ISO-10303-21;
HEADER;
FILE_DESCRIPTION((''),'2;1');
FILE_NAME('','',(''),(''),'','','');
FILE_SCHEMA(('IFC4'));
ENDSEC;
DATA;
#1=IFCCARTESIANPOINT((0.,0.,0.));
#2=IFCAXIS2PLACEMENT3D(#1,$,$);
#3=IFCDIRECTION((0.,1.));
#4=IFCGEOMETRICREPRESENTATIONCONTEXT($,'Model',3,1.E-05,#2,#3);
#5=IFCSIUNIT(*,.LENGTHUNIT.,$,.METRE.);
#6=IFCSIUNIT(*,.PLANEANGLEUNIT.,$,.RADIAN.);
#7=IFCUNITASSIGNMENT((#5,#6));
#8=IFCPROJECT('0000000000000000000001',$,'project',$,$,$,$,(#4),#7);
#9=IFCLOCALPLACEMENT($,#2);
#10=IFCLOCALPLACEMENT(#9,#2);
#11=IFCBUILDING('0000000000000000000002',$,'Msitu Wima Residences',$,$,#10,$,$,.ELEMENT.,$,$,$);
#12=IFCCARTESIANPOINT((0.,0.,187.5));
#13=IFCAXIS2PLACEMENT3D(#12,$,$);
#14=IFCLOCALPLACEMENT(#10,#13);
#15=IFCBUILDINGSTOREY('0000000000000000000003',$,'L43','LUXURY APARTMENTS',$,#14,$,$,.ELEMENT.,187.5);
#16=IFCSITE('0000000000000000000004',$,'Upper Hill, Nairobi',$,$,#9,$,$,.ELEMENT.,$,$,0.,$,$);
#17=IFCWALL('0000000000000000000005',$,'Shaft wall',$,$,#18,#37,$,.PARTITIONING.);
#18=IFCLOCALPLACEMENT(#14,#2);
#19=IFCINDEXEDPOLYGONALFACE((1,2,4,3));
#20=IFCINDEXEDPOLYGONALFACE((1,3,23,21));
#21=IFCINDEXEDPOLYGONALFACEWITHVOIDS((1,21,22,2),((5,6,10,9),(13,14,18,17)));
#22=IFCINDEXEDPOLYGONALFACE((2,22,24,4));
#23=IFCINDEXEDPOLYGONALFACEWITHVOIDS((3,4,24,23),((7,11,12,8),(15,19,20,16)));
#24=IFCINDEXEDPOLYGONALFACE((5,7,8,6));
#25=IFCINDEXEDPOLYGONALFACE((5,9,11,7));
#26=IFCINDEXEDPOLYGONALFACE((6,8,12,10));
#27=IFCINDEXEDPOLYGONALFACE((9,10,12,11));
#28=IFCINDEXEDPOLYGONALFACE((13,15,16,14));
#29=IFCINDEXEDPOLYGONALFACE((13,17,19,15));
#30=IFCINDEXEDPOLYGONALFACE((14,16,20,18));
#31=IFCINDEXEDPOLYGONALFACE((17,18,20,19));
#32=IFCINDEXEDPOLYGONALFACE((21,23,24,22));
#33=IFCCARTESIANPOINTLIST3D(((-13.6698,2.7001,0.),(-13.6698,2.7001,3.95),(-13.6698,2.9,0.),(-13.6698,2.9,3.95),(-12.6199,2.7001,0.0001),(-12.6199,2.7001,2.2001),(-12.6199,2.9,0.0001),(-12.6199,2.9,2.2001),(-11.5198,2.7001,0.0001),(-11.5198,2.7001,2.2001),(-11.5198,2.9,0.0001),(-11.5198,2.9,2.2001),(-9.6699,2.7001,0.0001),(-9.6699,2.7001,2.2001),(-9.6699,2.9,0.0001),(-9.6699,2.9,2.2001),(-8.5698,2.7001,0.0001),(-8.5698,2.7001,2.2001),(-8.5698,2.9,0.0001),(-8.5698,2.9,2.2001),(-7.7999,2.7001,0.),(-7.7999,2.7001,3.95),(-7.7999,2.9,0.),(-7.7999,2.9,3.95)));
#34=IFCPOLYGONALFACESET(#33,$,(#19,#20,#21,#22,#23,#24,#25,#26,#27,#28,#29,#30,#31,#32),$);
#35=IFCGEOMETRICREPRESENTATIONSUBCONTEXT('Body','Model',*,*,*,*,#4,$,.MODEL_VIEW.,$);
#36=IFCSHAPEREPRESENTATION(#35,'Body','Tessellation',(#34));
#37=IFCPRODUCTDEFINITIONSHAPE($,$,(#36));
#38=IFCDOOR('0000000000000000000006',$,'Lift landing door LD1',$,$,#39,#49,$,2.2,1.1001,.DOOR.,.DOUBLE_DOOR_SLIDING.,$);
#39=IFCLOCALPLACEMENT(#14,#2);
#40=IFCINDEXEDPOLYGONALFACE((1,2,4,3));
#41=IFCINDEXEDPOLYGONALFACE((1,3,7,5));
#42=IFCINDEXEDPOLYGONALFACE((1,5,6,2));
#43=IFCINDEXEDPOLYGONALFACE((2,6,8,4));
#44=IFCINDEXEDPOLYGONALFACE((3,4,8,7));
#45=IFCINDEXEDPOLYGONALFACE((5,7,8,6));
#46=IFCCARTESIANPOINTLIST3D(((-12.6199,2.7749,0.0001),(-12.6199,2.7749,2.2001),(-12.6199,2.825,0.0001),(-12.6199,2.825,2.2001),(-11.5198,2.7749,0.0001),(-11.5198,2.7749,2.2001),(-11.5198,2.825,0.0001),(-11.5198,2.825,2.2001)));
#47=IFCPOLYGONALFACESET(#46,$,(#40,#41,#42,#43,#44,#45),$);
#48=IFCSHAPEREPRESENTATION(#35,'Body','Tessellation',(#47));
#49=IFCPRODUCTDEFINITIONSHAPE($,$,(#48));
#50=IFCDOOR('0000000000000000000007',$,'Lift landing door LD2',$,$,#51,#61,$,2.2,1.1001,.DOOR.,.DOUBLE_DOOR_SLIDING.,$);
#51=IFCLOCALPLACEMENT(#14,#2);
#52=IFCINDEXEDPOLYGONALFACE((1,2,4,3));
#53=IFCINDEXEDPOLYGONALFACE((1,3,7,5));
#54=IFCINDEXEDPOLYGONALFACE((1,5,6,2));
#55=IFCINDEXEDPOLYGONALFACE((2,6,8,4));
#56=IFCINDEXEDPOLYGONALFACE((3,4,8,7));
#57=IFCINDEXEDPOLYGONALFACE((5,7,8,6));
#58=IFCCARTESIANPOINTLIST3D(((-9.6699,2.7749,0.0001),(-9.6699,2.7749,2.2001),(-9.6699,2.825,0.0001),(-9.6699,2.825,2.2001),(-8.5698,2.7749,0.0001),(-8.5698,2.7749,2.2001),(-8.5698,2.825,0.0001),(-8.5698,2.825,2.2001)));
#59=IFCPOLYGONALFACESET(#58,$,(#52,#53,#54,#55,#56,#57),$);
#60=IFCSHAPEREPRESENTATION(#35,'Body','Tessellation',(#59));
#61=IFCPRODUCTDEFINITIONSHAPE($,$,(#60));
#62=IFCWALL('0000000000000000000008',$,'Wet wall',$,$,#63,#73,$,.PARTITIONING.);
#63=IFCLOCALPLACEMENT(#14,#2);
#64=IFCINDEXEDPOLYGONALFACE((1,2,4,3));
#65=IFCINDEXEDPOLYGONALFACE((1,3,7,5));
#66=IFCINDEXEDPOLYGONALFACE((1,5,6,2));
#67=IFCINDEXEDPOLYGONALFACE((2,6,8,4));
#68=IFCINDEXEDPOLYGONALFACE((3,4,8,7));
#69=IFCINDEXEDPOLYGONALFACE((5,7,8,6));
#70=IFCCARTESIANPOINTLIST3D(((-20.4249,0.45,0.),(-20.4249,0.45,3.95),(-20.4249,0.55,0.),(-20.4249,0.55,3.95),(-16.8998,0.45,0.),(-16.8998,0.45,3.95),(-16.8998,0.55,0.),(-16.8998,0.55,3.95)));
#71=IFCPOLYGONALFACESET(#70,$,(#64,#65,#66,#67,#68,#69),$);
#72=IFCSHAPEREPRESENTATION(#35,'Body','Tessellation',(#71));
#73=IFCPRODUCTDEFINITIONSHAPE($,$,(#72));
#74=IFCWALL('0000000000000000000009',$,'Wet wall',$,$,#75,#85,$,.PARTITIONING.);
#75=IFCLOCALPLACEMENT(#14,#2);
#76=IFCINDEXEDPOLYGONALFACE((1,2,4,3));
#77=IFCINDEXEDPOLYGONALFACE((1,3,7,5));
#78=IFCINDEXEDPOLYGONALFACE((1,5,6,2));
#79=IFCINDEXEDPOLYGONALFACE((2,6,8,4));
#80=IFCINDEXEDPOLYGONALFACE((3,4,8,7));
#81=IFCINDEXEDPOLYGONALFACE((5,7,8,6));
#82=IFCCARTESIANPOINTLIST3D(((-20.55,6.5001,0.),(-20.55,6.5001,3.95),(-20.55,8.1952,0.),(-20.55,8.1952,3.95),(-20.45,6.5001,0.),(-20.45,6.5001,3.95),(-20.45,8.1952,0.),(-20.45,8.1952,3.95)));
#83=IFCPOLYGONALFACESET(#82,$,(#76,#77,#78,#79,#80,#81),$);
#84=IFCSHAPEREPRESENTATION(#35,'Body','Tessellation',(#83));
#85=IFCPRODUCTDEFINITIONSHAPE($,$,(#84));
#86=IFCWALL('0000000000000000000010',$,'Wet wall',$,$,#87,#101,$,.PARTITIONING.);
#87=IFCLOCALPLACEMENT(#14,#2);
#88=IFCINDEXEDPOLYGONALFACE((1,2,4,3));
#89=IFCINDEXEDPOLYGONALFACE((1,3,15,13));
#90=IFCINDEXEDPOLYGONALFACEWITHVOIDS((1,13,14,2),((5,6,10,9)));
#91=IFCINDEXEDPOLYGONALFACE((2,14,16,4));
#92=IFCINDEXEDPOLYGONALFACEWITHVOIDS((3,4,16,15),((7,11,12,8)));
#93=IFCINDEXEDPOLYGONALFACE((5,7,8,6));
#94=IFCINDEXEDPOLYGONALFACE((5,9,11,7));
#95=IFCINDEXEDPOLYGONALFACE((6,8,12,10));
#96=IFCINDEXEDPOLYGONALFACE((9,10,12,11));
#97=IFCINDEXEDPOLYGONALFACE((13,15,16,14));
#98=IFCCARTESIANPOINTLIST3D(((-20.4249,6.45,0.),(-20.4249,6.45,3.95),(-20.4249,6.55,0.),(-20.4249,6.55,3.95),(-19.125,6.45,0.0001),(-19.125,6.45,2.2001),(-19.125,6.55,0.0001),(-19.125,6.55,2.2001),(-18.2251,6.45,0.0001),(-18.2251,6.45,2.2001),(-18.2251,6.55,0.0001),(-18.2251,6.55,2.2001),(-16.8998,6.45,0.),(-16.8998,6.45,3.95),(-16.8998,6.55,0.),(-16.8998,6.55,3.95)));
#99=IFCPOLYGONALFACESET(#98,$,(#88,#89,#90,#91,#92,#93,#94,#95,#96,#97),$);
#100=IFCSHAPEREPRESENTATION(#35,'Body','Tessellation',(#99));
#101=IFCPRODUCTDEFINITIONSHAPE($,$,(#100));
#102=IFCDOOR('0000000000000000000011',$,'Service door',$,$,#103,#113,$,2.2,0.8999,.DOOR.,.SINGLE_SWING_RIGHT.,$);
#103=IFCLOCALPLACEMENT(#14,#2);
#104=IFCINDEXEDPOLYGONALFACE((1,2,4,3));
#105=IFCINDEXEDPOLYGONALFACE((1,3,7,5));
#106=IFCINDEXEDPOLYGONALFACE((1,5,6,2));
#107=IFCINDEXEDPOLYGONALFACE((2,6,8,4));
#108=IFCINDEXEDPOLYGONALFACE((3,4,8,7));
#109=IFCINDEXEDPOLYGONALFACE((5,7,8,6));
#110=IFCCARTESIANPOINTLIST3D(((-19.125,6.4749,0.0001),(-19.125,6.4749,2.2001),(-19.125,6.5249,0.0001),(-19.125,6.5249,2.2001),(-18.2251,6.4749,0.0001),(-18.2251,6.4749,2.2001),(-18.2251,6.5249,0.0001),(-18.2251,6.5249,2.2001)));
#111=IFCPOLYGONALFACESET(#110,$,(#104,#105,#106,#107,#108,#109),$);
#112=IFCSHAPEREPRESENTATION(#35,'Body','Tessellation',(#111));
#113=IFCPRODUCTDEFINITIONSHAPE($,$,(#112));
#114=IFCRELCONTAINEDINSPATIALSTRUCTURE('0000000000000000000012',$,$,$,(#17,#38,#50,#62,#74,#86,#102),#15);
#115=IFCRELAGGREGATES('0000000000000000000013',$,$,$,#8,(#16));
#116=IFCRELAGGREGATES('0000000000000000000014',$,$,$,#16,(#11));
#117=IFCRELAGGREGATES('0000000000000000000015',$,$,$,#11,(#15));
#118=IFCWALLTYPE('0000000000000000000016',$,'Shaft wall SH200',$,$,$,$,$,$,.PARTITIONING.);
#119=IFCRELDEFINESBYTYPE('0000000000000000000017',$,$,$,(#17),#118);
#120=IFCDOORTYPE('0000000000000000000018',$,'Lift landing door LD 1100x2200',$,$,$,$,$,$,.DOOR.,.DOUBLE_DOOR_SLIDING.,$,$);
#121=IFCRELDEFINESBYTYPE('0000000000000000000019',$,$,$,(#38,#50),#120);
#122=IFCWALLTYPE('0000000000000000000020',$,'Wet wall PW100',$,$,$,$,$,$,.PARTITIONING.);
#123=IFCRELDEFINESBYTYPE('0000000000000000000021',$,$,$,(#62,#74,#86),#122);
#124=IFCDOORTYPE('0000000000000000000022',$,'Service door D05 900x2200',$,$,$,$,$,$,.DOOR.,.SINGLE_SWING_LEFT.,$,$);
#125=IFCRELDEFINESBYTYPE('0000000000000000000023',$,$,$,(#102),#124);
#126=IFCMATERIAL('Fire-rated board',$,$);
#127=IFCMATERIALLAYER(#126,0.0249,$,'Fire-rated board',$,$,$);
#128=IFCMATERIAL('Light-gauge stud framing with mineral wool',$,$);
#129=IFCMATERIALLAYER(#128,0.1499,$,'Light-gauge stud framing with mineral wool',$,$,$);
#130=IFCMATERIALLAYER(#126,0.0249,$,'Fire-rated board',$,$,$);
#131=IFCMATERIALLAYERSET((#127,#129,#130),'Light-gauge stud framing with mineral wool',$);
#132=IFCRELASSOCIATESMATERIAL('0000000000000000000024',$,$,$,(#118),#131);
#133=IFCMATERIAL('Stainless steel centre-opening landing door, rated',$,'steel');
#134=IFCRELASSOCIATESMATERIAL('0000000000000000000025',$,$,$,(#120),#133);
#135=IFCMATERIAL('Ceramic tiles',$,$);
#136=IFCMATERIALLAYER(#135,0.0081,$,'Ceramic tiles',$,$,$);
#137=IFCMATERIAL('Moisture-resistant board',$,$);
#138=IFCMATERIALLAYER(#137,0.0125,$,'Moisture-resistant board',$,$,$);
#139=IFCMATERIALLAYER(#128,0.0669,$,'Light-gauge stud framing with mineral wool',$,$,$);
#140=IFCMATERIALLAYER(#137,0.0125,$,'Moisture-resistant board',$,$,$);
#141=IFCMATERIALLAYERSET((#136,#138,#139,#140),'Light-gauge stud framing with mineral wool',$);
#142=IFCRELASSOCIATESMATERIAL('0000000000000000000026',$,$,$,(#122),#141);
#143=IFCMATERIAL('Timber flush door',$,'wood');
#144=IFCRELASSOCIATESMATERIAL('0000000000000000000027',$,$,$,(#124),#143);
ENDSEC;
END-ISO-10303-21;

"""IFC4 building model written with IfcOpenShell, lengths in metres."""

from ifc_helpers import new_model, si_unit, direction, frame, frame_2d, origin, place, context, subcontext, project, spatial, rectangle, extrude, material, layer, layer_set, type_object, element, fill, save


model = new_model("IFC4")

# Units and contexts
model_context = context("Model", 3, precision=1e-05, world=origin(), true_north=direction((0.0, 1.0)))
body_context = subcontext(model_context, "Body", "Model", "MODEL_VIEW")
ifc_project = project(units=[si_unit("LENGTHUNIT", "METRE"), si_unit("PLANEANGLEUNIT", "RADIAN")], contexts=[model_context])

# Site, building, storey
site_placement = place(None, origin())
site = spatial("IfcSite", under=ifc_project, at=site_placement, Name="Upper Hill, Nairobi", CompositionType="ELEMENT", RefElevation=0.0)
building_placement = place(site_placement, origin())
building = spatial("IfcBuilding", under=site, at=building_placement, Name="Msitu Wima Residences", CompositionType="ELEMENT")
storey_placement = place(building_placement, frame((0.0, 0.0, 187.5)))
storey = spatial("IfcBuildingStorey", under=building, at=storey_placement, Name="L43", Description="LUXURY APARTMENTS", CompositionType="ELEMENT", Elevation=187.5)

# Shared definitions
ifc_material_1 = material(Name="Timber flush door", Category="wood")

# Wall, openings, doors
ifc_material_2 = material(Name="Fire-rated board")
ifc_layer_1 = layer(ifc_material_2, 0.0249, Name="Fire-rated board")
ifc_material_3 = material(Name="Light-gauge stud framing with mineral wool")
ifc_layer_2 = layer(ifc_material_3, 0.1499, Name="Light-gauge stud framing with mineral wool")
ifc_layer_3 = layer(ifc_material_2, 0.0249, Name="Fire-rated board")
ifc_layer_set_1 = layer_set([ifc_layer_1, ifc_layer_2, ifc_layer_3], Name="Light-gauge stud framing with mineral wool")
wall_type_1 = type_object("IfcWallType", Name="Shaft wall SH200", PredefinedType="PARTITIONING", material=ifc_layer_set_1)
wall_1_placement = place(storey_placement, frame((-13.6699, 2.8, 0.0), z_axis=(0.0, 0.0, 1.0), x_axis=(1.0, 0.0, 0.0)))
wall_1 = element("IfcWall", 1, at=wall_1_placement, inside=storey, type_object=wall_type_1, Name="Shaft wall", PredefinedType="PARTITIONING", context=body_context, shape_type="SweptSolid", body=[
    extrude(rectangle(XDim=5.8699, YDim=0.2, at=frame_2d((2.9351, 0.0))), origin(), (0.0, 0.0, 1.0), 3.95),
])
opening_1_placement = place(wall_1_placement, frame((1.05, 0.0, 0.0)))
opening_1 = element("IfcOpeningElement", 2, at=opening_1_placement, cuts=wall_1, PredefinedType="OPENING", context=body_context, shape_type="SweptSolid", body=[
    extrude(rectangle(XDim=1.1001, YDim=2.2, at=frame_2d((0.55, 1.1001))), frame((0.0, 0.1099, 0.0), z_axis=(0.0, -1.0, 0.0), x_axis=(1.0, 0.0, 0.0)), (0.0, 0.0, 1.0), 0.22),
])
opening_2_placement = place(wall_1_placement, frame((4.0, 0.0, 0.0)))
opening_2 = element("IfcOpeningElement", 3, at=opening_2_placement, cuts=wall_1, PredefinedType="OPENING", context=body_context, shape_type="SweptSolid", body=[
    extrude(rectangle(XDim=1.1001, YDim=2.2, at=frame_2d((0.55, 1.1001))), frame((0.0, 0.1099, 0.0), z_axis=(0.0, -1.0, 0.0), x_axis=(1.0, 0.0, 0.0)), (0.0, 0.0, 1.0), 0.22),
])
ifc_material_4 = material(Name="Stainless steel centre-opening landing door, rated", Category="steel")
door_type_1 = type_object("IfcDoorType", Name="Lift landing door LD 1100x2200", OperationType="DOUBLE_DOOR_SLIDING", PredefinedType="DOOR", material=ifc_material_4)
door_1_placement = place(opening_1_placement, origin())
door_1 = element("IfcDoor", 4, at=door_1_placement, inside=storey, type_object=door_type_1, Name="Lift landing door LD1", OperationType="DOUBLE_DOOR_SLIDING", OverallHeight=2.2, OverallWidth=1.1001, PredefinedType="DOOR", context=body_context, shape_type="SweptSolid", body=[
    extrude(rectangle(XDim=1.1001, YDim=2.2, at=frame_2d((0.55, 1.1001))), frame((0.0, 0.0249, 0.0), z_axis=(0.0, -1.0, 0.0), x_axis=(1.0, 0.0, 0.0)), (0.0, 0.0, 1.0), 0.05),
])
fill(opening_1, door_1)
door_2_placement = place(opening_2_placement, origin())
door_2 = element("IfcDoor", 5, at=door_2_placement, inside=storey, type_object=door_type_1, Name="Lift landing door LD2", OperationType="DOUBLE_DOOR_SLIDING", OverallHeight=2.2, OverallWidth=1.1001, PredefinedType="DOOR", context=body_context, shape_type="SweptSolid", body=[
    extrude(rectangle(XDim=1.1001, YDim=2.2, at=frame_2d((0.55, 1.1001))), frame((0.0, 0.0249, 0.0), z_axis=(0.0, -1.0, 0.0), x_axis=(1.0, 0.0, 0.0)), (0.0, 0.0, 1.0), 0.05),
])
fill(opening_2, door_2)

# Walls
ifc_material_5 = material(Name="Ceramic tiles")
ifc_layer_4 = layer(ifc_material_5, 0.0081, Name="Ceramic tiles")
ifc_material_6 = material(Name="Moisture-resistant board")
ifc_layer_5 = layer(ifc_material_6, 0.0125, Name="Moisture-resistant board")
ifc_layer_6 = layer(ifc_material_3, 0.0669, Name="Light-gauge stud framing with mineral wool")
ifc_layer_7 = layer(ifc_material_6, 0.0125, Name="Moisture-resistant board")
ifc_layer_set_2 = layer_set([ifc_layer_4, ifc_layer_5, ifc_layer_6, ifc_layer_7], Name="Light-gauge stud framing with mineral wool")
wall_type_2 = type_object("IfcWallType", Name="Wet wall PW100", PredefinedType="PARTITIONING", material=ifc_layer_set_2)
wall_2_placement = place(storey_placement, frame((-20.425, 0.5, 0.0), z_axis=(0.0, 0.0, 1.0), x_axis=(1.0, 0.0, 0.0)))
element("IfcWall", 6, at=wall_2_placement, inside=storey, type_object=wall_type_2, Name="Wet wall", PredefinedType="PARTITIONING", context=body_context, shape_type="SweptSolid", body=[
    extrude(rectangle(XDim=3.5251, YDim=0.1001, at=frame_2d((1.7627, 0.0))), origin(), (0.0, 0.0, 1.0), 3.95),
])
wall_3_placement = place(storey_placement, frame((-20.5, 6.5, 0.0), z_axis=(0.0, 0.0, 1.0), x_axis=(0.0, 1.0, 0.0)))
element("IfcWall", 7, at=wall_3_placement, inside=storey, type_object=wall_type_2, Name="Wet wall", PredefinedType="PARTITIONING", context=body_context, shape_type="SweptSolid", body=[
    extrude(rectangle(XDim=1.6951, YDim=0.1001, at=frame_2d((0.8477, 0.0))), origin(), (0.0, 0.0, 1.0), 3.95),
])

# Wall, opening, door
wall_4_placement = place(storey_placement, frame((-20.425, 6.5, 0.0), z_axis=(0.0, 0.0, 1.0), x_axis=(1.0, 0.0, 0.0)))
wall_4 = element("IfcWall", 8, at=wall_4_placement, inside=storey, type_object=wall_type_2, Name="Wet wall", PredefinedType="PARTITIONING", context=body_context, shape_type="SweptSolid", body=[
    extrude(rectangle(XDim=3.5251, YDim=0.1001, at=frame_2d((1.7627, 0.0))), origin(), (0.0, 0.0, 1.0), 3.95),
])
opening_3_placement = place(wall_4_placement, frame((1.3, 0.0, 0.0)))
opening_3 = element("IfcOpeningElement", 9, at=opening_3_placement, cuts=wall_4, PredefinedType="OPENING", context=body_context, shape_type="SweptSolid", body=[
    extrude(rectangle(XDim=0.8999, YDim=2.2, at=frame_2d((0.45, 1.1001))), frame((0.0, 0.0601, 0.0), z_axis=(0.0, -1.0, 0.0), x_axis=(1.0, 0.0, 0.0)), (0.0, 0.0, 1.0), 0.1201),
])
door_type_2 = type_object("IfcDoorType", Name="Service door D05 900x2200", OperationType="SINGLE_SWING_LEFT", PredefinedType="DOOR", material=ifc_material_1)
door_3_placement = place(opening_3_placement, origin())
door_3 = element("IfcDoor", 10, at=door_3_placement, inside=storey, type_object=door_type_2, Name="Service door", OperationType="SINGLE_SWING_RIGHT", OverallHeight=2.2, OverallWidth=0.8999, PredefinedType="DOOR", context=body_context, shape_type="SweptSolid", body=[
    extrude(rectangle(XDim=0.8999, YDim=2.2, at=frame_2d((0.45, 1.1001))), frame((0.0, 0.0249, 0.0), z_axis=(0.0, -1.0, 0.0), x_axis=(1.0, 0.0, 0.0)), (0.0, 0.0, 1.0), 0.05),
])
fill(opening_3, door_3)

save(model, "model.ifc")
